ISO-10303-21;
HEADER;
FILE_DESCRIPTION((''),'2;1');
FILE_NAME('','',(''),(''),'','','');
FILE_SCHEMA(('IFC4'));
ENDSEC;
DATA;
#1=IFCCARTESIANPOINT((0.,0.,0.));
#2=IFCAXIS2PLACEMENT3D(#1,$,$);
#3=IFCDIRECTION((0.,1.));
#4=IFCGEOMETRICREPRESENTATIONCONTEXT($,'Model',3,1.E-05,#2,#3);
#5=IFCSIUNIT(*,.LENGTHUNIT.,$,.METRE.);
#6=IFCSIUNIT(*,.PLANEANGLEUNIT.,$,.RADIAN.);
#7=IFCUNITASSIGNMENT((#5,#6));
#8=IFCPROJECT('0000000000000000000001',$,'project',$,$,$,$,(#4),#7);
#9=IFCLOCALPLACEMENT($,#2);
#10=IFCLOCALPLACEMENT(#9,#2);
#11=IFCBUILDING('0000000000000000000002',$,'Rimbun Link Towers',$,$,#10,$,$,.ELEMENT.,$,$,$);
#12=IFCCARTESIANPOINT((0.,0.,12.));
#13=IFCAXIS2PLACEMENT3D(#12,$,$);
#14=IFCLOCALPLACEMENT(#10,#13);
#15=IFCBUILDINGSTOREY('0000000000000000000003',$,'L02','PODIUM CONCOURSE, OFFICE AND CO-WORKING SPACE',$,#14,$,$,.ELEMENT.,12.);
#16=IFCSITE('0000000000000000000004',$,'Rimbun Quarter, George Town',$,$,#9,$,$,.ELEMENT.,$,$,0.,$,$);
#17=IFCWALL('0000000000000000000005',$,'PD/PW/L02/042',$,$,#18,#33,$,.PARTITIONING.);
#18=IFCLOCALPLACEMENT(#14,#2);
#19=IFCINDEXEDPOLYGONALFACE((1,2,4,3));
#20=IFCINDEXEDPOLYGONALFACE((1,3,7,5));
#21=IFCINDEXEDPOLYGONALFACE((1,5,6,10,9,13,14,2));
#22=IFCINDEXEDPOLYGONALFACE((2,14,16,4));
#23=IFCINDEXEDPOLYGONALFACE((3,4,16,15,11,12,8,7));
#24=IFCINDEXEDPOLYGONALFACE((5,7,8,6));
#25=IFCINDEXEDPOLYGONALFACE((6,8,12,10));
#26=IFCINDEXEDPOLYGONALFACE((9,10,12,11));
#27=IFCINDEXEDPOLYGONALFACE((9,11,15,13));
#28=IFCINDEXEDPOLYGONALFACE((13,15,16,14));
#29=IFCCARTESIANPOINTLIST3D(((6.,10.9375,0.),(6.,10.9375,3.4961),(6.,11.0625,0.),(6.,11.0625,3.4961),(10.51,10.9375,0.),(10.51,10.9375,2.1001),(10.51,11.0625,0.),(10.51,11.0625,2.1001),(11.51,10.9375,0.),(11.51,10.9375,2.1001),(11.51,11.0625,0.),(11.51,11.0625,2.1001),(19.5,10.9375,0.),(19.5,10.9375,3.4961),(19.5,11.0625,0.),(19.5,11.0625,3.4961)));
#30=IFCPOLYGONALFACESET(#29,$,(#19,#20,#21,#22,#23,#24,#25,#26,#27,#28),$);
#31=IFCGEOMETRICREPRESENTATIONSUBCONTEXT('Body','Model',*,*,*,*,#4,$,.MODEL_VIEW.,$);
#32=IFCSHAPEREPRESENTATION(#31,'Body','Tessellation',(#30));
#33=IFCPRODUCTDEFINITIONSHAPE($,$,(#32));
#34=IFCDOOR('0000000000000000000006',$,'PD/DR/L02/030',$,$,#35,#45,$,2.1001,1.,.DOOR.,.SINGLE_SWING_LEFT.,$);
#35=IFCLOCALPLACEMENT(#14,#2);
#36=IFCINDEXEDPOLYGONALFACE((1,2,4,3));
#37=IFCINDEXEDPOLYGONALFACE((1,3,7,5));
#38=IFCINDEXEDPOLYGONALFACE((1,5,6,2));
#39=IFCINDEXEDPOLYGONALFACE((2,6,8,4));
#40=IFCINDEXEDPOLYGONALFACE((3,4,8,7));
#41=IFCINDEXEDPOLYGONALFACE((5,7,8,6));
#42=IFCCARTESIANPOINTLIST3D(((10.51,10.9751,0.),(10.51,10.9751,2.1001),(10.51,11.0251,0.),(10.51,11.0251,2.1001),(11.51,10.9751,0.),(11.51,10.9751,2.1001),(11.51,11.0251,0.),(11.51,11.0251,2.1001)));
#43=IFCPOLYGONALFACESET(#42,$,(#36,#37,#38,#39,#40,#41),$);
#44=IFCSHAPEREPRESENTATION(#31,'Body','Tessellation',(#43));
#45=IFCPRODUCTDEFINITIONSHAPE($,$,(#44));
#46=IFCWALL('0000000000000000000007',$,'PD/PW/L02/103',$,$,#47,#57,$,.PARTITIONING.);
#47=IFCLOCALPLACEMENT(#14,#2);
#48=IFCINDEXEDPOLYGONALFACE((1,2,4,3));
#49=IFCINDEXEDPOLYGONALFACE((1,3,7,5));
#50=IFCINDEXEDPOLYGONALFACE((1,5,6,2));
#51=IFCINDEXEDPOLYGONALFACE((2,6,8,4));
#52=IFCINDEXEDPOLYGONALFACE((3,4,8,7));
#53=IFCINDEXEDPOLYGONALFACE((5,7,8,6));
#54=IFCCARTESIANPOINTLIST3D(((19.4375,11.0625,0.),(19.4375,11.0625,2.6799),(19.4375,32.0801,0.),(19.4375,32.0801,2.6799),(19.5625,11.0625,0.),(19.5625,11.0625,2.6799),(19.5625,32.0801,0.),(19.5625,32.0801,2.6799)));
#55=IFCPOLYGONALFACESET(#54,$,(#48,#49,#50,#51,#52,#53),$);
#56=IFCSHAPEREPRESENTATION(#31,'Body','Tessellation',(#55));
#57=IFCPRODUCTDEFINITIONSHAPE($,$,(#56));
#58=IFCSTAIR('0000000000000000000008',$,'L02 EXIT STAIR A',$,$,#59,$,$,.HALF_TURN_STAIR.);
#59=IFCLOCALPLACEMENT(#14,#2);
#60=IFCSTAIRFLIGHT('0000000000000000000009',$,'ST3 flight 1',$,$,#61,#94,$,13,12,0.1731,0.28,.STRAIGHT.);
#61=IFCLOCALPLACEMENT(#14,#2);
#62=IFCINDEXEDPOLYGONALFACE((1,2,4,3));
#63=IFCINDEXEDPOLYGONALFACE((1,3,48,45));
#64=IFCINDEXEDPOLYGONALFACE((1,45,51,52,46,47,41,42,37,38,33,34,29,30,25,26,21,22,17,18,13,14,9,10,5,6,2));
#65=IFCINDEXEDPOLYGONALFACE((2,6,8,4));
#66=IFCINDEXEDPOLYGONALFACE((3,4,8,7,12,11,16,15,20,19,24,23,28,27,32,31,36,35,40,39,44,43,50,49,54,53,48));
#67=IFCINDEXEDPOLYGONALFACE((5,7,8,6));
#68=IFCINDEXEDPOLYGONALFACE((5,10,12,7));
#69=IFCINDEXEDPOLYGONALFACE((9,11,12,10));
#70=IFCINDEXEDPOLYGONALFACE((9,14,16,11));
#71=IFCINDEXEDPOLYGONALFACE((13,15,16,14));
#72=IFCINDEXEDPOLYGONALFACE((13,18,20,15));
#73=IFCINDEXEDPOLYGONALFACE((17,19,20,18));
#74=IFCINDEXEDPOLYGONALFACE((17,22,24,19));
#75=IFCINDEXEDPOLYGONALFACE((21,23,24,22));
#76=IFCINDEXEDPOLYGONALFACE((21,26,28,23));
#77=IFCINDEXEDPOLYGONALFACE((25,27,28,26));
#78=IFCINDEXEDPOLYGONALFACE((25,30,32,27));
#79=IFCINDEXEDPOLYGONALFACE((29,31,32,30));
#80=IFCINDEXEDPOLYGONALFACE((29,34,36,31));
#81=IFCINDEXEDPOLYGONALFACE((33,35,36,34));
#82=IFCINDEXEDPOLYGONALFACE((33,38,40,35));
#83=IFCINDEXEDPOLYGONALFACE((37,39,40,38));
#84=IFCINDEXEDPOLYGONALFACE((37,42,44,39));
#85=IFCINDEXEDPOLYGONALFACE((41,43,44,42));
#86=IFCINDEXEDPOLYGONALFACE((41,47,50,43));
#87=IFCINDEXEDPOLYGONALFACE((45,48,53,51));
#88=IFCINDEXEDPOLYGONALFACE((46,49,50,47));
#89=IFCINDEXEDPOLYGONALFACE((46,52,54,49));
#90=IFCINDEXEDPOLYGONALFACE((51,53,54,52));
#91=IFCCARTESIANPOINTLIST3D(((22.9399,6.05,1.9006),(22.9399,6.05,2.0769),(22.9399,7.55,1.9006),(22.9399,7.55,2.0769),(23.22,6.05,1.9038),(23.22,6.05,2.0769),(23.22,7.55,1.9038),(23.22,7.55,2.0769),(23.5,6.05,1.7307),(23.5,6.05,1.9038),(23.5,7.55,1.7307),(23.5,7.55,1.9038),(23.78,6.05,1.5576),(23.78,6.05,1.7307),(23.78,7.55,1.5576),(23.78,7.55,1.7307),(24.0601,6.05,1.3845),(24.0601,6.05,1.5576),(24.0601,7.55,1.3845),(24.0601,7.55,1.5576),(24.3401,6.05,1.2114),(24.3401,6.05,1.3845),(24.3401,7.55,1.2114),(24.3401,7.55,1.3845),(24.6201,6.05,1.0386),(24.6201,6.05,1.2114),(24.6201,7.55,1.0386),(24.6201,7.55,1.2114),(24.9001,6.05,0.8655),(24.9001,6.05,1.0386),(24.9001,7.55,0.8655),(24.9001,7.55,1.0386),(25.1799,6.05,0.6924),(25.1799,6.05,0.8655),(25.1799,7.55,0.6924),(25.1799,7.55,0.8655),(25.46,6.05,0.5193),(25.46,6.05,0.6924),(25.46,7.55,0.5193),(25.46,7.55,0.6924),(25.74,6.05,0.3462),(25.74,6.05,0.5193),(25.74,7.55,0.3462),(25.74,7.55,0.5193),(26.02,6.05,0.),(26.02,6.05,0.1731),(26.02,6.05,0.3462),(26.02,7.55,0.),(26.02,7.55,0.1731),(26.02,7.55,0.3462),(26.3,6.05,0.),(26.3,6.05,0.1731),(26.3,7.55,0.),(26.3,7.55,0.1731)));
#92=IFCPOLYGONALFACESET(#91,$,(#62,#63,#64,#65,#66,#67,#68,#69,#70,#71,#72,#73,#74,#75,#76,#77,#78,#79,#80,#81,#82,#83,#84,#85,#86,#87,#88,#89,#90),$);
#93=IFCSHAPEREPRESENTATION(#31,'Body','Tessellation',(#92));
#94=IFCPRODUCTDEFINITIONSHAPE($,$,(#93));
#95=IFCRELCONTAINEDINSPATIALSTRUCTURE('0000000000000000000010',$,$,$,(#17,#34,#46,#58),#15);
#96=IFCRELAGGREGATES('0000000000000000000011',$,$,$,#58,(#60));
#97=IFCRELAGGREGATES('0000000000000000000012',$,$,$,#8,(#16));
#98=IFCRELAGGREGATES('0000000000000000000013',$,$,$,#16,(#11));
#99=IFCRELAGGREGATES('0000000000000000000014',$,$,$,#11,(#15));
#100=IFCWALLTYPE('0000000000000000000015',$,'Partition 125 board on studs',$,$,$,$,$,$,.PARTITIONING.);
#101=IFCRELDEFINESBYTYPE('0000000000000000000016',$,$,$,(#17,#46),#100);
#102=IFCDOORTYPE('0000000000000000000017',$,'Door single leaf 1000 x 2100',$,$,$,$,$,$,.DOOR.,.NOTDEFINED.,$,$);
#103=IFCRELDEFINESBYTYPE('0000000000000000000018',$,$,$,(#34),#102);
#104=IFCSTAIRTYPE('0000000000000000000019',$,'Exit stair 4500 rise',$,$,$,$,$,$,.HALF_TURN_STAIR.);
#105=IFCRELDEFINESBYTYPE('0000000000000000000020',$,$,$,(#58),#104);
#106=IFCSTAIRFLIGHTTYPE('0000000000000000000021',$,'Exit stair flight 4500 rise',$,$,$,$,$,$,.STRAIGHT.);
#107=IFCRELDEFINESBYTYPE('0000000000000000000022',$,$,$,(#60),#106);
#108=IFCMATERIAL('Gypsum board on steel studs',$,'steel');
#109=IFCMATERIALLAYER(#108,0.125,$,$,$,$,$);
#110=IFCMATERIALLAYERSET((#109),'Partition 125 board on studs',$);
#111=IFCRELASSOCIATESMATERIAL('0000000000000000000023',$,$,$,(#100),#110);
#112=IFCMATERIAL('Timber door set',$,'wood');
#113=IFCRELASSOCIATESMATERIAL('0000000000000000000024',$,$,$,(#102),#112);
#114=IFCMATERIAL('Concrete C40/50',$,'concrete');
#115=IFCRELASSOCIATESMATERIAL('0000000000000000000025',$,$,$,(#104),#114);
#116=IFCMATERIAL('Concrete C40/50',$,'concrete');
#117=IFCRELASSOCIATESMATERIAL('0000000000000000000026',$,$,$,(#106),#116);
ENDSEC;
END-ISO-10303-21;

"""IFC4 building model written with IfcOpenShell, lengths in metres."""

from ifc_helpers import new_model, si_unit, direction, frame, frame_2d, origin, place, context, subcontext, project, spatial, polyline, rectangle, outline, extrude, material, layer, layer_set, type_object, element, fill, aggregate, save


model = new_model("IFC4")

# Units and contexts
model_context = context("Model", 3, precision=1e-05, world=origin(), true_north=direction((0.0, 1.0)))
body_context = subcontext(model_context, "Body", "Model", "MODEL_VIEW")
ifc_project = project(units=[si_unit("LENGTHUNIT", "METRE"), si_unit("PLANEANGLEUNIT", "RADIAN")], contexts=[model_context])

# Site, building, storey
site_placement = place(None, origin())
site = spatial("IfcSite", under=ifc_project, at=site_placement, Name="Rimbun Quarter, George Town", CompositionType="ELEMENT", RefElevation=0.0)
building_placement = place(site_placement, origin())
building = spatial("IfcBuilding", under=site, at=building_placement, Name="Rimbun Link Towers", CompositionType="ELEMENT")
storey_placement = place(building_placement, frame((0.0, 0.0, 12.0)))
storey = spatial("IfcBuildingStorey", under=building, at=storey_placement, Name="L02", Description="PODIUM CONCOURSE, OFFICE AND CO-WORKING SPACE", CompositionType="ELEMENT", Elevation=12.0)

# Wall, opening, door
ifc_material_1 = material(Name="Gypsum board on steel studs", Category="steel")
ifc_layer_1 = layer(ifc_material_1, 0.125)
ifc_layer_set_1 = layer_set([ifc_layer_1], Name="Partition 125 board on studs")
wall_type_1 = type_object("IfcWallType", Name="Partition 125 board on studs", PredefinedType="PARTITIONING", material=ifc_layer_set_1)
wall_1_placement = place(storey_placement, frame((19.5, 11.0, 0.0), z_axis=(0.0, 0.0, 1.0), x_axis=(-1.0, 0.0, 0.0)))
wall_1 = element("IfcWall", 1, at=wall_1_placement, inside=storey, type_object=wall_type_1, Name="PD/PW/L02/042", PredefinedType="PARTITIONING", context=body_context, shape_type="SweptSolid", body=[
    extrude(rectangle(XDim=13.5, YDim=0.125, at=frame_2d((6.75, 0.0))), origin(), (0.0, 0.0, 1.0), 3.4961),
])
opening_1_placement = place(wall_1_placement, frame((7.99, 0.0, 0.0)))
opening_1 = element("IfcOpeningElement", 2, at=opening_1_placement, cuts=wall_1, PredefinedType="OPENING", context=body_context, shape_type="SweptSolid", body=[
    extrude(rectangle(XDim=1.0, YDim=2.1001, at=frame_2d((0.5, 1.05))), frame((0.0, 0.0725, 0.0), z_axis=(0.0, -1.0, 0.0), x_axis=(1.0, 0.0, 0.0)), (0.0, 0.0, 1.0), 0.145),
])
ifc_material_2 = material(Name="Timber door set", Category="wood")
door_type_1 = type_object("IfcDoorType", Name="Door single leaf 1000 x 2100", OperationType="NOTDEFINED", PredefinedType="DOOR", material=ifc_material_2)
door_1_placement = place(opening_1_placement, origin())
door_1 = element("IfcDoor", 3, at=door_1_placement, inside=storey, type_object=door_type_1, Name="PD/DR/L02/030", OperationType="SINGLE_SWING_LEFT", OverallHeight=2.1001, OverallWidth=1.0, PredefinedType="DOOR", context=body_context, shape_type="SweptSolid", body=[
    extrude(rectangle(XDim=1.0, YDim=2.1001, at=frame_2d((0.5, 1.05))), frame((0.0, 0.0249, 0.0), z_axis=(0.0, -1.0, 0.0), x_axis=(1.0, 0.0, 0.0)), (0.0, 0.0, 1.0), 0.05),
])
fill(opening_1, door_1)

# Wall
wall_2_placement = place(storey_placement, frame((19.5, 11.0625, 0.0), z_axis=(0.0, 0.0, 1.0), x_axis=(0.0, 1.0, 0.0)))
element("IfcWall", 4, at=wall_2_placement, inside=storey, type_object=wall_type_1, Name="PD/PW/L02/103", PredefinedType="PARTITIONING", context=body_context, shape_type="SweptSolid", body=[
    extrude(rectangle(XDim=21.0176, YDim=0.125, at=frame_2d((10.5088, 0.0))), origin(), (0.0, 0.0, 1.0), 2.6799),
])

# Stair, stair flight
ifc_material_3 = material(Name="Concrete C40/50", Category="concrete")
stair_type = type_object("IfcStairType", Name="Exit stair 4500 rise", PredefinedType="HALF_TURN_STAIR", material=ifc_material_3)
stair_placement = place(storey_placement, origin())
stair = element("IfcStair", 5, at=stair_placement, inside=storey, type_object=stair_type, Name="L02 EXIT STAIR A", PredefinedType="HALF_TURN_STAIR")
ifc_material_4 = material(Name="Concrete C40/50", Category="concrete")
stair_flight_type = type_object("IfcStairFlightType", Name="Exit stair flight 4500 rise", PredefinedType="STRAIGHT", material=ifc_material_4)
stair_flight_placement = place(storey_placement, frame((26.3, 6.8, 0.0), z_axis=(0.0, 0.0, 1.0), x_axis=(-1.0, 0.0, 0.0)))
stair_flight = element("IfcStairFlight", 6, at=stair_flight_placement, type_object=stair_flight_type, Name="ST3 flight 1", NumberOfRisers=13, NumberOfTreads=12, PredefinedType="STRAIGHT", RiserHeight=0.1731, TreadLength=0.28, context=body_context, shape_type="SweptSolid", body=[
    extrude(outline(polyline([(0.0, 0.0), (0.0, 0.1731), (0.28, 0.1731), (0.28, 0.3462), (0.5601, 0.3462), (0.5601, 0.5193), (0.8401, 0.5193), (0.8401, 0.6924), (1.1201, 0.6924), (1.1201, 0.8655), (1.3999, 0.8655), (1.3999, 1.0386), (1.6799, 1.0386), (1.6799, 1.2114), (1.96, 1.2114), (1.96, 1.3845), (2.24, 1.3845), (2.24, 1.5576), (2.52, 1.5576), (2.52, 1.7307), (2.8, 1.7307), (2.8, 1.9038), (3.0801, 1.9038), (3.0801, 2.0769), (3.3601, 2.0769), (3.3601, 2.25), (3.3601, 1.9006), (0.28, 0.0), (0.0, 0.0)])), frame((0.0, 0.75, 0.0), z_axis=(0.0, -1.0, 0.0), x_axis=(1.0, 0.0, 0.0)), (0.0, 0.0, 1.0), 1.5),
])
aggregate(stair, [stair_flight])

save(model, "model.ifc")
